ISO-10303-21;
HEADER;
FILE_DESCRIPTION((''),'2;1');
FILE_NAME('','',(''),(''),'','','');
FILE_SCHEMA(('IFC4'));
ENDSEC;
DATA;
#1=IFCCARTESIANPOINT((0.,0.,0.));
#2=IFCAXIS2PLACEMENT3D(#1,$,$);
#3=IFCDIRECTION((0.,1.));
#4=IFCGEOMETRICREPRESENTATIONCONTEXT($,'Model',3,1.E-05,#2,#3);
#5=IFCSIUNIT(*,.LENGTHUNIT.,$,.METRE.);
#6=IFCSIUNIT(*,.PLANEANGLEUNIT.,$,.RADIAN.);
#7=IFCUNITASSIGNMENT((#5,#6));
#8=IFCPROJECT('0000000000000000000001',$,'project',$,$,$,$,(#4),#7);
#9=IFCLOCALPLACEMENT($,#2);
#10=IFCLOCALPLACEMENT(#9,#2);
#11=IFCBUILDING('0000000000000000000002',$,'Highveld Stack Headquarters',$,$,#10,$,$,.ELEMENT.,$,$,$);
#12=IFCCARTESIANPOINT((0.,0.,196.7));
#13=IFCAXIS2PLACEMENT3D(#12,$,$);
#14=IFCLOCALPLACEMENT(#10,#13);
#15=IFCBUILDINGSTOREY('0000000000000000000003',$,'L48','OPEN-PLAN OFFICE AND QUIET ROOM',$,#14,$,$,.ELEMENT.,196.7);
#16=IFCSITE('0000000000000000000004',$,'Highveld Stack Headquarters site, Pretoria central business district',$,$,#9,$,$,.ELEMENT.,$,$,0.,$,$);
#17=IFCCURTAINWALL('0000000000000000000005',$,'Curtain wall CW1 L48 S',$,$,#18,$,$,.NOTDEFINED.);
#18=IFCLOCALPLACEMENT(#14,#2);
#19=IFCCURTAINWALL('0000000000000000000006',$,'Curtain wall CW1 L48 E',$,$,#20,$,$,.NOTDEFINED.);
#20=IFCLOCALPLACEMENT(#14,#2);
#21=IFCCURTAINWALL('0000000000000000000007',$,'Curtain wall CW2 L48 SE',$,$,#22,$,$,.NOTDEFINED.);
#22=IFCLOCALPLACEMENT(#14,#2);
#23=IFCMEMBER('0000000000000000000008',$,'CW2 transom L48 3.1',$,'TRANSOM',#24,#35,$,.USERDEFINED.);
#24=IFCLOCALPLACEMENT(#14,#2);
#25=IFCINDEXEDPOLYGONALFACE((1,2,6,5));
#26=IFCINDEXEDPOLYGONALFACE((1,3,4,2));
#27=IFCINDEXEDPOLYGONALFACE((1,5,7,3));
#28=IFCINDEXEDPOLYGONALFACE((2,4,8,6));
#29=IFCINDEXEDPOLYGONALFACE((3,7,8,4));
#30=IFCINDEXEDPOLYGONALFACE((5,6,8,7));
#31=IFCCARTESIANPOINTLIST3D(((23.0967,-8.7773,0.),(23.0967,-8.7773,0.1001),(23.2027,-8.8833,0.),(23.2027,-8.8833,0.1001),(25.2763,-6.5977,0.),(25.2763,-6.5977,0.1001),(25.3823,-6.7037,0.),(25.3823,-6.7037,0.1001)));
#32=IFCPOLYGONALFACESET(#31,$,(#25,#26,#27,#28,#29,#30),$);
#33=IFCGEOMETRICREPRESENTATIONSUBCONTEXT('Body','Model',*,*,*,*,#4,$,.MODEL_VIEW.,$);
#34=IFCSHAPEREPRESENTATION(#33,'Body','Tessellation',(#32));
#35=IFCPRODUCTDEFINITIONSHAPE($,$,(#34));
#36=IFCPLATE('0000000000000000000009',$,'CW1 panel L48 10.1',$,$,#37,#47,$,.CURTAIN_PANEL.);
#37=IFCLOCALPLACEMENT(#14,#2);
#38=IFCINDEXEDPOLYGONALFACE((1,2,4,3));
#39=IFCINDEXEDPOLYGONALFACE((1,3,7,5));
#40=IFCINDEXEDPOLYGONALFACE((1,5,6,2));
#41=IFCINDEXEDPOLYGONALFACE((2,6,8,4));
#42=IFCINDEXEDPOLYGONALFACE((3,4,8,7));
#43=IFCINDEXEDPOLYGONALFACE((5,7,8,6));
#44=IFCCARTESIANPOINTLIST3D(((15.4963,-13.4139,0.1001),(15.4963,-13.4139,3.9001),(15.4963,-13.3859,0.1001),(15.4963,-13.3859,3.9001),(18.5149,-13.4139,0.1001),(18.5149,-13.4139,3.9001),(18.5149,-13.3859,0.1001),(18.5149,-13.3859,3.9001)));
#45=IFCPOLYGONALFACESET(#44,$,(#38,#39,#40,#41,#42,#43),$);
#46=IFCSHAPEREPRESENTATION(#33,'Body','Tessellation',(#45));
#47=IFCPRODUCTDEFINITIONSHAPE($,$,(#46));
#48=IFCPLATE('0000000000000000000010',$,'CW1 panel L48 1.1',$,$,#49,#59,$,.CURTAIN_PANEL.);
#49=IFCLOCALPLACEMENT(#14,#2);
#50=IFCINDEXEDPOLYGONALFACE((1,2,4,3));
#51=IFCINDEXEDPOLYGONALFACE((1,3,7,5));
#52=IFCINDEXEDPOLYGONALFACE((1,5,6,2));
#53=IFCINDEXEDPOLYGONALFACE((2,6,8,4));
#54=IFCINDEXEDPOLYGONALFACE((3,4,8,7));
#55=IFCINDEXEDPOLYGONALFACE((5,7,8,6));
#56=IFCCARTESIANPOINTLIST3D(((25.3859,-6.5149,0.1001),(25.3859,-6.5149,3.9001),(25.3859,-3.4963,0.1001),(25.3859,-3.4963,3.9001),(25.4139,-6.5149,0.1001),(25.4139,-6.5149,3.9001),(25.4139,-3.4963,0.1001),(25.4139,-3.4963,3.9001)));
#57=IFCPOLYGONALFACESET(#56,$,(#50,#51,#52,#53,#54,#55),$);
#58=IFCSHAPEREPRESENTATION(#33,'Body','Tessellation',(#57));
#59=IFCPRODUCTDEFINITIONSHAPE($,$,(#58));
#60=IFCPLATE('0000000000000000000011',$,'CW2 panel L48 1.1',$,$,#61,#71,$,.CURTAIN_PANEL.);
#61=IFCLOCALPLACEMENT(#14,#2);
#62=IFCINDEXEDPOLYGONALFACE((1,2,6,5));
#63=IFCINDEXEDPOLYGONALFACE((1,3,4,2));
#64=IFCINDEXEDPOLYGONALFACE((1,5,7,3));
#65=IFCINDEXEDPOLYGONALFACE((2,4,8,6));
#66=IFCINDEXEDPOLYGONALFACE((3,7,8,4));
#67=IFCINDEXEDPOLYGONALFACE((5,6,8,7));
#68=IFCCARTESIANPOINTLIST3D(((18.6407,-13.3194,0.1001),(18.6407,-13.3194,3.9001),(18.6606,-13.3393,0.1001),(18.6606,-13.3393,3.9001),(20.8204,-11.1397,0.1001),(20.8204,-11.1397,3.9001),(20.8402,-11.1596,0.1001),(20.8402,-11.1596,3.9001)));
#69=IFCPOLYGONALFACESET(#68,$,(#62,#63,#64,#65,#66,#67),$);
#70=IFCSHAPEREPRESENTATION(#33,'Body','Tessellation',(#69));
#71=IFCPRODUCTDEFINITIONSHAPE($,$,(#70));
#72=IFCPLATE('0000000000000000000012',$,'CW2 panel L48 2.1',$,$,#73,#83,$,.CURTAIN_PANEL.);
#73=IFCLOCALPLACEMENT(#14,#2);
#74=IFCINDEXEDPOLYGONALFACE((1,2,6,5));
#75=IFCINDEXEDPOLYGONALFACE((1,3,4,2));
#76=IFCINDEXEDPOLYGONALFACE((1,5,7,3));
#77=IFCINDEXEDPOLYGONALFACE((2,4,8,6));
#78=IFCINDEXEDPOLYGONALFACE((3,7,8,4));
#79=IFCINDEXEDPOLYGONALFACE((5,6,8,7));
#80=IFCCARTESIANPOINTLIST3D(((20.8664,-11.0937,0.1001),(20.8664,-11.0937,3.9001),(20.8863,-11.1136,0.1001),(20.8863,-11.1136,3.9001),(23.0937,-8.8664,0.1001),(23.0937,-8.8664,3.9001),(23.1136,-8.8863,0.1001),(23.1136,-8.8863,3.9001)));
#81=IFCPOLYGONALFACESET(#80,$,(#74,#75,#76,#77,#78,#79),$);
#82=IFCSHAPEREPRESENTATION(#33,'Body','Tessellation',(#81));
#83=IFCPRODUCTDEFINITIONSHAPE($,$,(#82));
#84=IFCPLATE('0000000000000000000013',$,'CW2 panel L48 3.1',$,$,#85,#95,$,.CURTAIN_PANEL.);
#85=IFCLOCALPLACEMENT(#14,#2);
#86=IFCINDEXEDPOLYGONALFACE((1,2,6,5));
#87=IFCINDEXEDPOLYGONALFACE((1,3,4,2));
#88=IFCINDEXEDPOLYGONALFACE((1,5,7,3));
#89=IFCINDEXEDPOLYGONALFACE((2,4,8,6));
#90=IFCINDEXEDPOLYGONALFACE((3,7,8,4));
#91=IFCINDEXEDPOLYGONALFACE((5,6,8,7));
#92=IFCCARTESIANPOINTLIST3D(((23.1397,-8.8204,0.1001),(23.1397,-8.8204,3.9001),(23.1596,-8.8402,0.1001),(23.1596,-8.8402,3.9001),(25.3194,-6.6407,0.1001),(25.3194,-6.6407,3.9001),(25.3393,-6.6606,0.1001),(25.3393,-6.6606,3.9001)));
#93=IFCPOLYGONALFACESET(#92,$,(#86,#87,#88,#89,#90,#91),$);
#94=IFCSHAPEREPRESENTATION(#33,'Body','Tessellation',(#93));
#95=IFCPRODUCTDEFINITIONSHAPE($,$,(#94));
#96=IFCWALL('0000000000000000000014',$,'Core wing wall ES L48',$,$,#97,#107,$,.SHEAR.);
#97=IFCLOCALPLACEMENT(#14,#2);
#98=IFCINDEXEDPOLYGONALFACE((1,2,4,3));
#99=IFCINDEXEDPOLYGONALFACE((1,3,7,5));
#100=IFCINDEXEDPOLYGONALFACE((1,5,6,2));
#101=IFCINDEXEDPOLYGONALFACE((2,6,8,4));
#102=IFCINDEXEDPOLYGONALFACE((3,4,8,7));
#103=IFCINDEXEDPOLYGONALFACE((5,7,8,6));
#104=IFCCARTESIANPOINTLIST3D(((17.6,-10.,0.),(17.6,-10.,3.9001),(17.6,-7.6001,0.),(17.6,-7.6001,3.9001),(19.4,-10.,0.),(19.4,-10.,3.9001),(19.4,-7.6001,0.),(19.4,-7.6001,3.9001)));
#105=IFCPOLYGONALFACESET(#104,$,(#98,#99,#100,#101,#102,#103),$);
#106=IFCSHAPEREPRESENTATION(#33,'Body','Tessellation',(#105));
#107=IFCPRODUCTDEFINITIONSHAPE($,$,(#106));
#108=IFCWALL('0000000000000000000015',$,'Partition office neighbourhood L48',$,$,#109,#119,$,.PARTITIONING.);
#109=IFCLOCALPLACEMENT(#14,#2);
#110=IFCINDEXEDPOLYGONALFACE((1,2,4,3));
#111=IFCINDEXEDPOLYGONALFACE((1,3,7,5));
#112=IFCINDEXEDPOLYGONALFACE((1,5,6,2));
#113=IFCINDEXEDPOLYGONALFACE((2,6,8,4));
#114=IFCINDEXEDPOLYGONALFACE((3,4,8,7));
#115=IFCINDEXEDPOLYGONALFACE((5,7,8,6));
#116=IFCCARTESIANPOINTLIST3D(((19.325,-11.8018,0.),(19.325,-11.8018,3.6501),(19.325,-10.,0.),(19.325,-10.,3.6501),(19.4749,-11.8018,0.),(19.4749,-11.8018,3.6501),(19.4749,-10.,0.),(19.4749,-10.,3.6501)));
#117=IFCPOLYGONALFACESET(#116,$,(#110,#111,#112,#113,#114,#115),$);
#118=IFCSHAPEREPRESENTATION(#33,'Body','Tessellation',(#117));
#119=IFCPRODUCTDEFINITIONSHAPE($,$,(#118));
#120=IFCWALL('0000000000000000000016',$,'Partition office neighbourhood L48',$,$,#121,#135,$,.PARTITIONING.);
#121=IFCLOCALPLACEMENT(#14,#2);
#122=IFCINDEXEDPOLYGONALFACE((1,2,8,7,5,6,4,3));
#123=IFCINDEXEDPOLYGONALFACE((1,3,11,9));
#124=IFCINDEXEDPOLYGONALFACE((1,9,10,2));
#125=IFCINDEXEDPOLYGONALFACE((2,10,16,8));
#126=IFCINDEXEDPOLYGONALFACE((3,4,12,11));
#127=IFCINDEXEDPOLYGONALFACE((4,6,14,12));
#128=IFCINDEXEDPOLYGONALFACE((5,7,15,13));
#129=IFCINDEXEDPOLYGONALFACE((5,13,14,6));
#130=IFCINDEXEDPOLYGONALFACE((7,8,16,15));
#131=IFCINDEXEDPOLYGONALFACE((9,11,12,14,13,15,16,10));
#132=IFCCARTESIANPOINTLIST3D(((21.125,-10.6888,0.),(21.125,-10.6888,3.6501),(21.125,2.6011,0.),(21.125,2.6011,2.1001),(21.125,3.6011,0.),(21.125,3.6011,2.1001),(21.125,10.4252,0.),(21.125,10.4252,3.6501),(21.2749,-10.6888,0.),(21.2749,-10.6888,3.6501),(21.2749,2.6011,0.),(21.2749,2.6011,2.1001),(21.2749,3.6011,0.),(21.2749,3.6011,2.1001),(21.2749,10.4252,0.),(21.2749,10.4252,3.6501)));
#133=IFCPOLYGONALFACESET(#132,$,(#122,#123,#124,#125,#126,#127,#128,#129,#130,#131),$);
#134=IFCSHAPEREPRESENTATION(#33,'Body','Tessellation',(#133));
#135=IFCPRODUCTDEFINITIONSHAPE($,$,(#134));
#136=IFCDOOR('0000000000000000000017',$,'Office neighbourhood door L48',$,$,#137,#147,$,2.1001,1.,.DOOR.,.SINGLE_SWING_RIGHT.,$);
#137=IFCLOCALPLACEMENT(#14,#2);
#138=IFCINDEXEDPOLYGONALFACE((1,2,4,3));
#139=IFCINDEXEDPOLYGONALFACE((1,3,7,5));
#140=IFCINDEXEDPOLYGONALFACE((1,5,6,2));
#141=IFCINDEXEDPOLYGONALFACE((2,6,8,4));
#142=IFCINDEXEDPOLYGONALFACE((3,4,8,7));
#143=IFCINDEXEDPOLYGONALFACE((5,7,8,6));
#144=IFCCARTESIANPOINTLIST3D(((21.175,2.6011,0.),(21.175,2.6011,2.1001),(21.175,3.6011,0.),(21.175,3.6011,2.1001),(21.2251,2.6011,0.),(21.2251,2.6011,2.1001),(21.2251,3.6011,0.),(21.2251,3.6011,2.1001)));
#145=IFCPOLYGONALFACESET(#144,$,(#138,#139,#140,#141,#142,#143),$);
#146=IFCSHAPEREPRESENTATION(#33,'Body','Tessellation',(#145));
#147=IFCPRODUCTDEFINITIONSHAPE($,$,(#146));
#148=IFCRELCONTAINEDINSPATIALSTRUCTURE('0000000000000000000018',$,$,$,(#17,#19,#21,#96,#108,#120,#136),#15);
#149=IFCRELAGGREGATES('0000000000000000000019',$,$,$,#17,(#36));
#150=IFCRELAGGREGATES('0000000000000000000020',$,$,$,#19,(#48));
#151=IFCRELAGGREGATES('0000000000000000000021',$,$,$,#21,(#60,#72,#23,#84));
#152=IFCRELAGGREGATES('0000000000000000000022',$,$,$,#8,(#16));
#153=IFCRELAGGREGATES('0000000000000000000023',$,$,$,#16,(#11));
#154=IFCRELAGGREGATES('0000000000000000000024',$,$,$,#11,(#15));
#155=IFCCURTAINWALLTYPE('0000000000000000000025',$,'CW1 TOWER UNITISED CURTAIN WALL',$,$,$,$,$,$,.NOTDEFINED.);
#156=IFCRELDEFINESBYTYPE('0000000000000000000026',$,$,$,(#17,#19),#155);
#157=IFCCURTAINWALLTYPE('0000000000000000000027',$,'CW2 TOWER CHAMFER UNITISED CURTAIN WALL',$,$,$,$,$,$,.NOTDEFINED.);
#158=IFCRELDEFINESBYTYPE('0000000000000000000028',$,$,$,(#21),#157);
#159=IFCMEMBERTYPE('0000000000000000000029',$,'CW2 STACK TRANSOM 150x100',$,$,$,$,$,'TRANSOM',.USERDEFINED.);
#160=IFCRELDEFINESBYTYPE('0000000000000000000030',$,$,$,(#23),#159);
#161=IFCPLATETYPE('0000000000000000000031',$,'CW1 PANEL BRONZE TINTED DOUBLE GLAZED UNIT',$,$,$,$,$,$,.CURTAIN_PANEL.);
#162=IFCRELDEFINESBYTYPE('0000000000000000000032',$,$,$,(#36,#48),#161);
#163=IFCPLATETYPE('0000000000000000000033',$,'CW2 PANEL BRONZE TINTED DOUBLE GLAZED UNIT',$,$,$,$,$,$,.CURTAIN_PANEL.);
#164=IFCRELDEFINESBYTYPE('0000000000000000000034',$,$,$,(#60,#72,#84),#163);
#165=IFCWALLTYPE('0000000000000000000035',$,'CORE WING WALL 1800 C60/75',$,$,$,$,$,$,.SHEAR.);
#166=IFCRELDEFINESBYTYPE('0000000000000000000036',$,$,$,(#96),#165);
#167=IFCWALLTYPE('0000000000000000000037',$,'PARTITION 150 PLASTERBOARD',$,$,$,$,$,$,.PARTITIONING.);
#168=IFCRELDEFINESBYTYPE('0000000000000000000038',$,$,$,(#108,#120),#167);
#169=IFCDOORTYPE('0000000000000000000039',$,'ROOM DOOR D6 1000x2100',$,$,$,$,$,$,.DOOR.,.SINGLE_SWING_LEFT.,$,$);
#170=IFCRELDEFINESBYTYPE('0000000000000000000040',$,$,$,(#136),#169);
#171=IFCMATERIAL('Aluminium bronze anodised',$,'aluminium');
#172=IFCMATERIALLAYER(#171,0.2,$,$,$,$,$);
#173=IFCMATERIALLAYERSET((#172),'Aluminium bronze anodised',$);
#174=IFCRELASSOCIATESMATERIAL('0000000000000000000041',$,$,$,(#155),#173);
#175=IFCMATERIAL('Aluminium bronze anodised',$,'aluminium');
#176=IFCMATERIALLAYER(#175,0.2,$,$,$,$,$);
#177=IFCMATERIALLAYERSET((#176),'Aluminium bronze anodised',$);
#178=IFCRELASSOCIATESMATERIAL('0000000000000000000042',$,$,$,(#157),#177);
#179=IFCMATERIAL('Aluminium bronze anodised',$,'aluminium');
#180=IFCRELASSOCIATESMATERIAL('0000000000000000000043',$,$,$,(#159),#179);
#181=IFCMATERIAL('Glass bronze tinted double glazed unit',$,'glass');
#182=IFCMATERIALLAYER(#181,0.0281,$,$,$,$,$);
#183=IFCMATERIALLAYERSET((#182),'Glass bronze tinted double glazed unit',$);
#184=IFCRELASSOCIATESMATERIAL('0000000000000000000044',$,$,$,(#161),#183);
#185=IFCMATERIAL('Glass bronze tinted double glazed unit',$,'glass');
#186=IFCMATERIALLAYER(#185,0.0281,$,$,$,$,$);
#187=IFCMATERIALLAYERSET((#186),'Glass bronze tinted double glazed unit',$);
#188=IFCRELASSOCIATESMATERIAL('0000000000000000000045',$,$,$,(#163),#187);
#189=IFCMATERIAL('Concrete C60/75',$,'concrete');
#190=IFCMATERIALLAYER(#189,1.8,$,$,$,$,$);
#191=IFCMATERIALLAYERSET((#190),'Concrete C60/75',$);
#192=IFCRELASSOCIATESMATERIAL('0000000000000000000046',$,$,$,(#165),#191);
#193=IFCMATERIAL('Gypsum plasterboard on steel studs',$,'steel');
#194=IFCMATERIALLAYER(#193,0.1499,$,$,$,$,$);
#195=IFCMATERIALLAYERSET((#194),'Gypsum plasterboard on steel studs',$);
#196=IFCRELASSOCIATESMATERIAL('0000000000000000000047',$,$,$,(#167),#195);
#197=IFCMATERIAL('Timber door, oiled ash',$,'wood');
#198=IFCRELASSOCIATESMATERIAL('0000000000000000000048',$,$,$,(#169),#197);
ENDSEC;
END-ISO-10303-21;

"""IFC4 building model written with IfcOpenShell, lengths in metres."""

from ifc_helpers import new_model, si_unit, direction, frame, frame_2d, origin, origin_2d, place, context, subcontext, project, spatial, rectangle, extrude, material, layer, layer_set, material_profile, profile_set, type_object, element, fill, aggregate, save


model = new_model("IFC4")

# Units and contexts
model_context = context("Model", 3, precision=1e-05, world=origin(), true_north=direction((0.0, 1.0)))
body_context = subcontext(model_context, "Body", "Model", "MODEL_VIEW")
ifc_project = project(units=[si_unit("LENGTHUNIT", "METRE"), si_unit("PLANEANGLEUNIT", "RADIAN")], contexts=[model_context])

# Site, building, storey
site_placement = place(None, origin())
site = spatial("IfcSite", under=ifc_project, at=site_placement, Name="Highveld Stack Headquarters site, Pretoria central business district", CompositionType="ELEMENT", RefElevation=0.0)
building_placement = place(site_placement, origin())
building = spatial("IfcBuilding", under=site, at=building_placement, Name="Highveld Stack Headquarters", CompositionType="ELEMENT")
storey_placement = place(building_placement, frame((0.0, 0.0, 196.7)))
storey = spatial("IfcBuildingStorey", under=building, at=storey_placement, Name="L48", Description="OPEN-PLAN OFFICE AND QUIET ROOM", CompositionType="ELEMENT", Elevation=196.7)

# Curtain walls
ifc_material_1 = material(Name="Aluminium bronze anodised", Category="aluminium")
ifc_layer_1 = layer(ifc_material_1, 0.2)
ifc_layer_set_1 = layer_set([ifc_layer_1], Name="Aluminium bronze anodised")
curtain_wall_type_1 = type_object("IfcCurtainWallType", Name="CW1 TOWER UNITISED CURTAIN WALL", PredefinedType="NOTDEFINED", material=ifc_layer_set_1)
curtain_wall_1_placement = place(storey_placement, origin())
curtain_wall_1 = element("IfcCurtainWall", 1, at=curtain_wall_1_placement, inside=storey, type_object=curtain_wall_type_1, Name="Curtain wall CW1 L48 S", PredefinedType="NOTDEFINED")
curtain_wall_2_placement = place(storey_placement, origin())
curtain_wall_2 = element("IfcCurtainWall", 2, at=curtain_wall_2_placement, inside=storey, type_object=curtain_wall_type_1, Name="Curtain wall CW1 L48 E", PredefinedType="NOTDEFINED")

# Curtain wall, member
ifc_material_2 = material(Name="Aluminium bronze anodised", Category="aluminium")
ifc_layer_2 = layer(ifc_material_2, 0.2)
ifc_layer_set_2 = layer_set([ifc_layer_2], Name="Aluminium bronze anodised")
curtain_wall_type_2 = type_object("IfcCurtainWallType", Name="CW2 TOWER CHAMFER UNITISED CURTAIN WALL", PredefinedType="NOTDEFINED", material=ifc_layer_set_2)
curtain_wall_3_placement = place(storey_placement, origin())
curtain_wall_3 = element("IfcCurtainWall", 3, at=curtain_wall_3_placement, inside=storey, type_object=curtain_wall_type_2, Name="Curtain wall CW2 L48 SE", PredefinedType="NOTDEFINED")
ifc_material_3 = material(Name="Aluminium bronze anodised", Category="aluminium")
ifc_material_profile_1 = material_profile(ifc_material_3, rectangle(XDim=0.1499, YDim=0.1001, at=origin_2d()), Name="CW2 TRANSOM 150x100")
ifc_profile_set_1 = profile_set([ifc_material_profile_1], Name="Aluminium bronze anodised")
member_type_1 = type_object("IfcMemberType", Name="CW2 STACK TRANSOM 150x100", ElementType="TRANSOM", PredefinedType="USERDEFINED", material=ifc_profile_set_1)
member_1_placement = place(storey_placement, frame((23.1497, -8.8303, 0.05), z_axis=(0.707107, 0.707107, 0.0), x_axis=(-0.707107, 0.707107, 0.0)))
member_1 = element("IfcMember", 4, at=member_1_placement, type_object=member_type_1, Name="CW2 transom L48 3.1", ObjectType="TRANSOM", PredefinedType="USERDEFINED", context=body_context, shape_type="SweptSolid", body=[
    extrude(rectangle(XDim=0.1499, YDim=0.1001, at=origin_2d()), origin(), (0.0, 0.0, 1.0), 3.0825),
])

# Plates
ifc_material_4 = material(Name="Glass bronze tinted double glazed unit", Category="glass")
ifc_layer_3 = layer(ifc_material_4, 0.0281)
ifc_layer_set_3 = layer_set([ifc_layer_3], Name="Glass bronze tinted double glazed unit")
plate_type_1 = type_object("IfcPlateType", Name="CW1 PANEL BRONZE TINTED DOUBLE GLAZED UNIT", PredefinedType="CURTAIN_PANEL", material=ifc_layer_set_3)
plate_1_placement = place(storey_placement, frame((17.0056, -13.3999, 0.1001), z_axis=(0.0, 0.0, 1.0), x_axis=(1.0, 0.0, 0.0)))
plate_1 = element("IfcPlate", 5, at=plate_1_placement, type_object=plate_type_1, Name="CW1 panel L48 10.1", PredefinedType="CURTAIN_PANEL", context=body_context, shape_type="SweptSolid", body=[
    extrude(rectangle(XDim=3.0186, YDim=0.0281, at=origin_2d()), origin(), (0.0, 0.0, 1.0), 3.8),
])
aggregate(curtain_wall_1, [plate_1])
plate_2_placement = place(storey_placement, frame((25.3999, -5.0056, 0.1001), z_axis=(0.0, 0.0, 1.0), x_axis=(0.0, 1.0, 0.0)))
plate_2 = element("IfcPlate", 6, at=plate_2_placement, type_object=plate_type_1, Name="CW1 panel L48 1.1", PredefinedType="CURTAIN_PANEL", context=body_context, shape_type="SweptSolid", body=[
    extrude(rectangle(XDim=3.0186, YDim=0.0281, at=origin_2d()), origin(), (0.0, 0.0, 1.0), 3.8),
])
aggregate(curtain_wall_2, [plate_2])
ifc_material_5 = material(Name="Glass bronze tinted double glazed unit", Category="glass")
ifc_layer_4 = layer(ifc_material_5, 0.0281)
ifc_layer_set_4 = layer_set([ifc_layer_4], Name="Glass bronze tinted double glazed unit")
plate_type_2 = type_object("IfcPlateType", Name="CW2 PANEL BRONZE TINTED DOUBLE GLAZED UNIT", PredefinedType="CURTAIN_PANEL", material=ifc_layer_set_4)
plate_3_placement = place(storey_placement, frame((19.7405, -12.2395, 0.1001), z_axis=(0.0, 0.0, 1.0), x_axis=(0.707107, 0.707107, 0.0)))
plate_3 = element("IfcPlate", 7, at=plate_3_placement, type_object=plate_type_2, Name="CW2 panel L48 1.1", PredefinedType="CURTAIN_PANEL", context=body_context, shape_type="SweptSolid", body=[
    extrude(rectangle(XDim=3.0825, YDim=0.0281, at=origin_2d()), origin(), (0.0, 0.0, 1.0), 3.8),
])
plate_4_placement = place(storey_placement, frame((21.99, -9.99, 0.1001), z_axis=(0.0, 0.0, 1.0), x_axis=(0.707107, 0.707107, 0.0)))
plate_4 = element("IfcPlate", 8, at=plate_4_placement, type_object=plate_type_2, Name="CW2 panel L48 2.1", PredefinedType="CURTAIN_PANEL", context=body_context, shape_type="SweptSolid", body=[
    extrude(rectangle(XDim=3.1499, YDim=0.0281, at=origin_2d()), origin(), (0.0, 0.0, 1.0), 3.8),
])
plate_5_placement = place(storey_placement, frame((24.2395, -7.7405, 0.1001), z_axis=(0.0, 0.0, 1.0), x_axis=(0.707107, 0.707107, 0.0)))
plate_5 = element("IfcPlate", 9, at=plate_5_placement, type_object=plate_type_2, Name="CW2 panel L48 3.1", PredefinedType="CURTAIN_PANEL", context=body_context, shape_type="SweptSolid", body=[
    extrude(rectangle(XDim=3.0825, YDim=0.0281, at=origin_2d()), origin(), (0.0, 0.0, 1.0), 3.8),
])
aggregate(curtain_wall_3, [plate_3, plate_4, member_1, plate_5])

# Walls
ifc_material_6 = material(Name="Concrete C60/75", Category="concrete")
ifc_layer_5 = layer(ifc_material_6, 1.8)
ifc_layer_set_5 = layer_set([ifc_layer_5], Name="Concrete C60/75")
wall_type_1 = type_object("IfcWallType", Name="CORE WING WALL 1800 C60/75", PredefinedType="SHEAR", material=ifc_layer_set_5)
wall_1_placement = place(storey_placement, frame((18.5, -10.0, 0.0), z_axis=(0.0, 0.0, 1.0), x_axis=(0.0, 1.0, 0.0)))
element("IfcWall", 10, at=wall_1_placement, inside=storey, type_object=wall_type_1, Name="Core wing wall ES L48", PredefinedType="SHEAR", context=body_context, shape_type="SweptSolid", body=[
    extrude(rectangle(XDim=2.3999, YDim=1.8, at=frame_2d((1.2, 0.0))), origin(), (0.0, 0.0, 1.0), 3.9001),
])
ifc_material_7 = material(Name="Gypsum plasterboard on steel studs", Category="steel")
ifc_layer_6 = layer(ifc_material_7, 0.1499)
ifc_layer_set_6 = layer_set([ifc_layer_6], Name="Gypsum plasterboard on steel studs")
wall_type_2 = type_object("IfcWallType", Name="PARTITION 150 PLASTERBOARD", PredefinedType="PARTITIONING", material=ifc_layer_set_6)
wall_2_placement = place(storey_placement, frame((19.3999, -11.8018, 0.0), z_axis=(0.0, 0.0, 1.0), x_axis=(0.0, 1.0, 0.0)))
element("IfcWall", 11, at=wall_2_placement, inside=storey, type_object=wall_type_2, Name="Partition office neighbourhood L48", PredefinedType="PARTITIONING", context=body_context, shape_type="SweptSolid", body=[
    extrude(rectangle(XDim=1.8018, YDim=0.1499, at=frame_2d((0.9009, 0.0))), origin(), (0.0, 0.0, 1.0), 3.6501),
])

# Wall, opening, door
wall_3_placement = place(storey_placement, frame((21.2, -10.689, 0.0), z_axis=(0.0, 0.0, 1.0), x_axis=(0.0, 1.0, 0.0)))
wall_3 = element("IfcWall", 12, at=wall_3_placement, inside=storey, type_object=wall_type_2, Name="Partition office neighbourhood L48", PredefinedType="PARTITIONING", context=body_context, shape_type="SweptSolid", body=[
    extrude(rectangle(XDim=21.114, YDim=0.1499, at=frame_2d((10.5571, 0.0))), origin(), (0.0, 0.0, 1.0), 3.6501),
])
opening_1_placement = place(wall_3_placement, frame((13.29, 0.0, 0.0)))
opening_1 = element("IfcOpeningElement", 13, at=opening_1_placement, cuts=wall_3, PredefinedType="OPENING", context=body_context, shape_type="SweptSolid", body=[
    extrude(rectangle(XDim=1.0, YDim=2.1001, at=frame_2d((0.5, 1.05))), frame((0.0, 0.085, 0.0), z_axis=(0.0, -1.0, 0.0), x_axis=(1.0, 0.0, 0.0)), (0.0, 0.0, 1.0), 0.1699),
])
ifc_material_8 = material(Name="Timber door, oiled ash", Category="wood")
door_type_1 = type_object("IfcDoorType", Name="ROOM DOOR D6 1000x2100", OperationType="SINGLE_SWING_LEFT", PredefinedType="DOOR", material=ifc_material_8)
door_1_placement = place(opening_1_placement, origin())
door_1 = element("IfcDoor", 14, at=door_1_placement, inside=storey, type_object=door_type_1, Name="Office neighbourhood door L48", OperationType="SINGLE_SWING_RIGHT", OverallHeight=2.1001, OverallWidth=1.0, PredefinedType="DOOR", context=body_context, shape_type="SweptSolid", body=[
    extrude(rectangle(XDim=1.0, YDim=2.1001, at=frame_2d((0.5, 1.05))), frame((0.0, 0.0249, 0.0), z_axis=(0.0, -1.0, 0.0), x_axis=(1.0, 0.0, 0.0)), (0.0, 0.0, 1.0), 0.05),
])
fill(opening_1, door_1)

save(model, "model.ifc")
